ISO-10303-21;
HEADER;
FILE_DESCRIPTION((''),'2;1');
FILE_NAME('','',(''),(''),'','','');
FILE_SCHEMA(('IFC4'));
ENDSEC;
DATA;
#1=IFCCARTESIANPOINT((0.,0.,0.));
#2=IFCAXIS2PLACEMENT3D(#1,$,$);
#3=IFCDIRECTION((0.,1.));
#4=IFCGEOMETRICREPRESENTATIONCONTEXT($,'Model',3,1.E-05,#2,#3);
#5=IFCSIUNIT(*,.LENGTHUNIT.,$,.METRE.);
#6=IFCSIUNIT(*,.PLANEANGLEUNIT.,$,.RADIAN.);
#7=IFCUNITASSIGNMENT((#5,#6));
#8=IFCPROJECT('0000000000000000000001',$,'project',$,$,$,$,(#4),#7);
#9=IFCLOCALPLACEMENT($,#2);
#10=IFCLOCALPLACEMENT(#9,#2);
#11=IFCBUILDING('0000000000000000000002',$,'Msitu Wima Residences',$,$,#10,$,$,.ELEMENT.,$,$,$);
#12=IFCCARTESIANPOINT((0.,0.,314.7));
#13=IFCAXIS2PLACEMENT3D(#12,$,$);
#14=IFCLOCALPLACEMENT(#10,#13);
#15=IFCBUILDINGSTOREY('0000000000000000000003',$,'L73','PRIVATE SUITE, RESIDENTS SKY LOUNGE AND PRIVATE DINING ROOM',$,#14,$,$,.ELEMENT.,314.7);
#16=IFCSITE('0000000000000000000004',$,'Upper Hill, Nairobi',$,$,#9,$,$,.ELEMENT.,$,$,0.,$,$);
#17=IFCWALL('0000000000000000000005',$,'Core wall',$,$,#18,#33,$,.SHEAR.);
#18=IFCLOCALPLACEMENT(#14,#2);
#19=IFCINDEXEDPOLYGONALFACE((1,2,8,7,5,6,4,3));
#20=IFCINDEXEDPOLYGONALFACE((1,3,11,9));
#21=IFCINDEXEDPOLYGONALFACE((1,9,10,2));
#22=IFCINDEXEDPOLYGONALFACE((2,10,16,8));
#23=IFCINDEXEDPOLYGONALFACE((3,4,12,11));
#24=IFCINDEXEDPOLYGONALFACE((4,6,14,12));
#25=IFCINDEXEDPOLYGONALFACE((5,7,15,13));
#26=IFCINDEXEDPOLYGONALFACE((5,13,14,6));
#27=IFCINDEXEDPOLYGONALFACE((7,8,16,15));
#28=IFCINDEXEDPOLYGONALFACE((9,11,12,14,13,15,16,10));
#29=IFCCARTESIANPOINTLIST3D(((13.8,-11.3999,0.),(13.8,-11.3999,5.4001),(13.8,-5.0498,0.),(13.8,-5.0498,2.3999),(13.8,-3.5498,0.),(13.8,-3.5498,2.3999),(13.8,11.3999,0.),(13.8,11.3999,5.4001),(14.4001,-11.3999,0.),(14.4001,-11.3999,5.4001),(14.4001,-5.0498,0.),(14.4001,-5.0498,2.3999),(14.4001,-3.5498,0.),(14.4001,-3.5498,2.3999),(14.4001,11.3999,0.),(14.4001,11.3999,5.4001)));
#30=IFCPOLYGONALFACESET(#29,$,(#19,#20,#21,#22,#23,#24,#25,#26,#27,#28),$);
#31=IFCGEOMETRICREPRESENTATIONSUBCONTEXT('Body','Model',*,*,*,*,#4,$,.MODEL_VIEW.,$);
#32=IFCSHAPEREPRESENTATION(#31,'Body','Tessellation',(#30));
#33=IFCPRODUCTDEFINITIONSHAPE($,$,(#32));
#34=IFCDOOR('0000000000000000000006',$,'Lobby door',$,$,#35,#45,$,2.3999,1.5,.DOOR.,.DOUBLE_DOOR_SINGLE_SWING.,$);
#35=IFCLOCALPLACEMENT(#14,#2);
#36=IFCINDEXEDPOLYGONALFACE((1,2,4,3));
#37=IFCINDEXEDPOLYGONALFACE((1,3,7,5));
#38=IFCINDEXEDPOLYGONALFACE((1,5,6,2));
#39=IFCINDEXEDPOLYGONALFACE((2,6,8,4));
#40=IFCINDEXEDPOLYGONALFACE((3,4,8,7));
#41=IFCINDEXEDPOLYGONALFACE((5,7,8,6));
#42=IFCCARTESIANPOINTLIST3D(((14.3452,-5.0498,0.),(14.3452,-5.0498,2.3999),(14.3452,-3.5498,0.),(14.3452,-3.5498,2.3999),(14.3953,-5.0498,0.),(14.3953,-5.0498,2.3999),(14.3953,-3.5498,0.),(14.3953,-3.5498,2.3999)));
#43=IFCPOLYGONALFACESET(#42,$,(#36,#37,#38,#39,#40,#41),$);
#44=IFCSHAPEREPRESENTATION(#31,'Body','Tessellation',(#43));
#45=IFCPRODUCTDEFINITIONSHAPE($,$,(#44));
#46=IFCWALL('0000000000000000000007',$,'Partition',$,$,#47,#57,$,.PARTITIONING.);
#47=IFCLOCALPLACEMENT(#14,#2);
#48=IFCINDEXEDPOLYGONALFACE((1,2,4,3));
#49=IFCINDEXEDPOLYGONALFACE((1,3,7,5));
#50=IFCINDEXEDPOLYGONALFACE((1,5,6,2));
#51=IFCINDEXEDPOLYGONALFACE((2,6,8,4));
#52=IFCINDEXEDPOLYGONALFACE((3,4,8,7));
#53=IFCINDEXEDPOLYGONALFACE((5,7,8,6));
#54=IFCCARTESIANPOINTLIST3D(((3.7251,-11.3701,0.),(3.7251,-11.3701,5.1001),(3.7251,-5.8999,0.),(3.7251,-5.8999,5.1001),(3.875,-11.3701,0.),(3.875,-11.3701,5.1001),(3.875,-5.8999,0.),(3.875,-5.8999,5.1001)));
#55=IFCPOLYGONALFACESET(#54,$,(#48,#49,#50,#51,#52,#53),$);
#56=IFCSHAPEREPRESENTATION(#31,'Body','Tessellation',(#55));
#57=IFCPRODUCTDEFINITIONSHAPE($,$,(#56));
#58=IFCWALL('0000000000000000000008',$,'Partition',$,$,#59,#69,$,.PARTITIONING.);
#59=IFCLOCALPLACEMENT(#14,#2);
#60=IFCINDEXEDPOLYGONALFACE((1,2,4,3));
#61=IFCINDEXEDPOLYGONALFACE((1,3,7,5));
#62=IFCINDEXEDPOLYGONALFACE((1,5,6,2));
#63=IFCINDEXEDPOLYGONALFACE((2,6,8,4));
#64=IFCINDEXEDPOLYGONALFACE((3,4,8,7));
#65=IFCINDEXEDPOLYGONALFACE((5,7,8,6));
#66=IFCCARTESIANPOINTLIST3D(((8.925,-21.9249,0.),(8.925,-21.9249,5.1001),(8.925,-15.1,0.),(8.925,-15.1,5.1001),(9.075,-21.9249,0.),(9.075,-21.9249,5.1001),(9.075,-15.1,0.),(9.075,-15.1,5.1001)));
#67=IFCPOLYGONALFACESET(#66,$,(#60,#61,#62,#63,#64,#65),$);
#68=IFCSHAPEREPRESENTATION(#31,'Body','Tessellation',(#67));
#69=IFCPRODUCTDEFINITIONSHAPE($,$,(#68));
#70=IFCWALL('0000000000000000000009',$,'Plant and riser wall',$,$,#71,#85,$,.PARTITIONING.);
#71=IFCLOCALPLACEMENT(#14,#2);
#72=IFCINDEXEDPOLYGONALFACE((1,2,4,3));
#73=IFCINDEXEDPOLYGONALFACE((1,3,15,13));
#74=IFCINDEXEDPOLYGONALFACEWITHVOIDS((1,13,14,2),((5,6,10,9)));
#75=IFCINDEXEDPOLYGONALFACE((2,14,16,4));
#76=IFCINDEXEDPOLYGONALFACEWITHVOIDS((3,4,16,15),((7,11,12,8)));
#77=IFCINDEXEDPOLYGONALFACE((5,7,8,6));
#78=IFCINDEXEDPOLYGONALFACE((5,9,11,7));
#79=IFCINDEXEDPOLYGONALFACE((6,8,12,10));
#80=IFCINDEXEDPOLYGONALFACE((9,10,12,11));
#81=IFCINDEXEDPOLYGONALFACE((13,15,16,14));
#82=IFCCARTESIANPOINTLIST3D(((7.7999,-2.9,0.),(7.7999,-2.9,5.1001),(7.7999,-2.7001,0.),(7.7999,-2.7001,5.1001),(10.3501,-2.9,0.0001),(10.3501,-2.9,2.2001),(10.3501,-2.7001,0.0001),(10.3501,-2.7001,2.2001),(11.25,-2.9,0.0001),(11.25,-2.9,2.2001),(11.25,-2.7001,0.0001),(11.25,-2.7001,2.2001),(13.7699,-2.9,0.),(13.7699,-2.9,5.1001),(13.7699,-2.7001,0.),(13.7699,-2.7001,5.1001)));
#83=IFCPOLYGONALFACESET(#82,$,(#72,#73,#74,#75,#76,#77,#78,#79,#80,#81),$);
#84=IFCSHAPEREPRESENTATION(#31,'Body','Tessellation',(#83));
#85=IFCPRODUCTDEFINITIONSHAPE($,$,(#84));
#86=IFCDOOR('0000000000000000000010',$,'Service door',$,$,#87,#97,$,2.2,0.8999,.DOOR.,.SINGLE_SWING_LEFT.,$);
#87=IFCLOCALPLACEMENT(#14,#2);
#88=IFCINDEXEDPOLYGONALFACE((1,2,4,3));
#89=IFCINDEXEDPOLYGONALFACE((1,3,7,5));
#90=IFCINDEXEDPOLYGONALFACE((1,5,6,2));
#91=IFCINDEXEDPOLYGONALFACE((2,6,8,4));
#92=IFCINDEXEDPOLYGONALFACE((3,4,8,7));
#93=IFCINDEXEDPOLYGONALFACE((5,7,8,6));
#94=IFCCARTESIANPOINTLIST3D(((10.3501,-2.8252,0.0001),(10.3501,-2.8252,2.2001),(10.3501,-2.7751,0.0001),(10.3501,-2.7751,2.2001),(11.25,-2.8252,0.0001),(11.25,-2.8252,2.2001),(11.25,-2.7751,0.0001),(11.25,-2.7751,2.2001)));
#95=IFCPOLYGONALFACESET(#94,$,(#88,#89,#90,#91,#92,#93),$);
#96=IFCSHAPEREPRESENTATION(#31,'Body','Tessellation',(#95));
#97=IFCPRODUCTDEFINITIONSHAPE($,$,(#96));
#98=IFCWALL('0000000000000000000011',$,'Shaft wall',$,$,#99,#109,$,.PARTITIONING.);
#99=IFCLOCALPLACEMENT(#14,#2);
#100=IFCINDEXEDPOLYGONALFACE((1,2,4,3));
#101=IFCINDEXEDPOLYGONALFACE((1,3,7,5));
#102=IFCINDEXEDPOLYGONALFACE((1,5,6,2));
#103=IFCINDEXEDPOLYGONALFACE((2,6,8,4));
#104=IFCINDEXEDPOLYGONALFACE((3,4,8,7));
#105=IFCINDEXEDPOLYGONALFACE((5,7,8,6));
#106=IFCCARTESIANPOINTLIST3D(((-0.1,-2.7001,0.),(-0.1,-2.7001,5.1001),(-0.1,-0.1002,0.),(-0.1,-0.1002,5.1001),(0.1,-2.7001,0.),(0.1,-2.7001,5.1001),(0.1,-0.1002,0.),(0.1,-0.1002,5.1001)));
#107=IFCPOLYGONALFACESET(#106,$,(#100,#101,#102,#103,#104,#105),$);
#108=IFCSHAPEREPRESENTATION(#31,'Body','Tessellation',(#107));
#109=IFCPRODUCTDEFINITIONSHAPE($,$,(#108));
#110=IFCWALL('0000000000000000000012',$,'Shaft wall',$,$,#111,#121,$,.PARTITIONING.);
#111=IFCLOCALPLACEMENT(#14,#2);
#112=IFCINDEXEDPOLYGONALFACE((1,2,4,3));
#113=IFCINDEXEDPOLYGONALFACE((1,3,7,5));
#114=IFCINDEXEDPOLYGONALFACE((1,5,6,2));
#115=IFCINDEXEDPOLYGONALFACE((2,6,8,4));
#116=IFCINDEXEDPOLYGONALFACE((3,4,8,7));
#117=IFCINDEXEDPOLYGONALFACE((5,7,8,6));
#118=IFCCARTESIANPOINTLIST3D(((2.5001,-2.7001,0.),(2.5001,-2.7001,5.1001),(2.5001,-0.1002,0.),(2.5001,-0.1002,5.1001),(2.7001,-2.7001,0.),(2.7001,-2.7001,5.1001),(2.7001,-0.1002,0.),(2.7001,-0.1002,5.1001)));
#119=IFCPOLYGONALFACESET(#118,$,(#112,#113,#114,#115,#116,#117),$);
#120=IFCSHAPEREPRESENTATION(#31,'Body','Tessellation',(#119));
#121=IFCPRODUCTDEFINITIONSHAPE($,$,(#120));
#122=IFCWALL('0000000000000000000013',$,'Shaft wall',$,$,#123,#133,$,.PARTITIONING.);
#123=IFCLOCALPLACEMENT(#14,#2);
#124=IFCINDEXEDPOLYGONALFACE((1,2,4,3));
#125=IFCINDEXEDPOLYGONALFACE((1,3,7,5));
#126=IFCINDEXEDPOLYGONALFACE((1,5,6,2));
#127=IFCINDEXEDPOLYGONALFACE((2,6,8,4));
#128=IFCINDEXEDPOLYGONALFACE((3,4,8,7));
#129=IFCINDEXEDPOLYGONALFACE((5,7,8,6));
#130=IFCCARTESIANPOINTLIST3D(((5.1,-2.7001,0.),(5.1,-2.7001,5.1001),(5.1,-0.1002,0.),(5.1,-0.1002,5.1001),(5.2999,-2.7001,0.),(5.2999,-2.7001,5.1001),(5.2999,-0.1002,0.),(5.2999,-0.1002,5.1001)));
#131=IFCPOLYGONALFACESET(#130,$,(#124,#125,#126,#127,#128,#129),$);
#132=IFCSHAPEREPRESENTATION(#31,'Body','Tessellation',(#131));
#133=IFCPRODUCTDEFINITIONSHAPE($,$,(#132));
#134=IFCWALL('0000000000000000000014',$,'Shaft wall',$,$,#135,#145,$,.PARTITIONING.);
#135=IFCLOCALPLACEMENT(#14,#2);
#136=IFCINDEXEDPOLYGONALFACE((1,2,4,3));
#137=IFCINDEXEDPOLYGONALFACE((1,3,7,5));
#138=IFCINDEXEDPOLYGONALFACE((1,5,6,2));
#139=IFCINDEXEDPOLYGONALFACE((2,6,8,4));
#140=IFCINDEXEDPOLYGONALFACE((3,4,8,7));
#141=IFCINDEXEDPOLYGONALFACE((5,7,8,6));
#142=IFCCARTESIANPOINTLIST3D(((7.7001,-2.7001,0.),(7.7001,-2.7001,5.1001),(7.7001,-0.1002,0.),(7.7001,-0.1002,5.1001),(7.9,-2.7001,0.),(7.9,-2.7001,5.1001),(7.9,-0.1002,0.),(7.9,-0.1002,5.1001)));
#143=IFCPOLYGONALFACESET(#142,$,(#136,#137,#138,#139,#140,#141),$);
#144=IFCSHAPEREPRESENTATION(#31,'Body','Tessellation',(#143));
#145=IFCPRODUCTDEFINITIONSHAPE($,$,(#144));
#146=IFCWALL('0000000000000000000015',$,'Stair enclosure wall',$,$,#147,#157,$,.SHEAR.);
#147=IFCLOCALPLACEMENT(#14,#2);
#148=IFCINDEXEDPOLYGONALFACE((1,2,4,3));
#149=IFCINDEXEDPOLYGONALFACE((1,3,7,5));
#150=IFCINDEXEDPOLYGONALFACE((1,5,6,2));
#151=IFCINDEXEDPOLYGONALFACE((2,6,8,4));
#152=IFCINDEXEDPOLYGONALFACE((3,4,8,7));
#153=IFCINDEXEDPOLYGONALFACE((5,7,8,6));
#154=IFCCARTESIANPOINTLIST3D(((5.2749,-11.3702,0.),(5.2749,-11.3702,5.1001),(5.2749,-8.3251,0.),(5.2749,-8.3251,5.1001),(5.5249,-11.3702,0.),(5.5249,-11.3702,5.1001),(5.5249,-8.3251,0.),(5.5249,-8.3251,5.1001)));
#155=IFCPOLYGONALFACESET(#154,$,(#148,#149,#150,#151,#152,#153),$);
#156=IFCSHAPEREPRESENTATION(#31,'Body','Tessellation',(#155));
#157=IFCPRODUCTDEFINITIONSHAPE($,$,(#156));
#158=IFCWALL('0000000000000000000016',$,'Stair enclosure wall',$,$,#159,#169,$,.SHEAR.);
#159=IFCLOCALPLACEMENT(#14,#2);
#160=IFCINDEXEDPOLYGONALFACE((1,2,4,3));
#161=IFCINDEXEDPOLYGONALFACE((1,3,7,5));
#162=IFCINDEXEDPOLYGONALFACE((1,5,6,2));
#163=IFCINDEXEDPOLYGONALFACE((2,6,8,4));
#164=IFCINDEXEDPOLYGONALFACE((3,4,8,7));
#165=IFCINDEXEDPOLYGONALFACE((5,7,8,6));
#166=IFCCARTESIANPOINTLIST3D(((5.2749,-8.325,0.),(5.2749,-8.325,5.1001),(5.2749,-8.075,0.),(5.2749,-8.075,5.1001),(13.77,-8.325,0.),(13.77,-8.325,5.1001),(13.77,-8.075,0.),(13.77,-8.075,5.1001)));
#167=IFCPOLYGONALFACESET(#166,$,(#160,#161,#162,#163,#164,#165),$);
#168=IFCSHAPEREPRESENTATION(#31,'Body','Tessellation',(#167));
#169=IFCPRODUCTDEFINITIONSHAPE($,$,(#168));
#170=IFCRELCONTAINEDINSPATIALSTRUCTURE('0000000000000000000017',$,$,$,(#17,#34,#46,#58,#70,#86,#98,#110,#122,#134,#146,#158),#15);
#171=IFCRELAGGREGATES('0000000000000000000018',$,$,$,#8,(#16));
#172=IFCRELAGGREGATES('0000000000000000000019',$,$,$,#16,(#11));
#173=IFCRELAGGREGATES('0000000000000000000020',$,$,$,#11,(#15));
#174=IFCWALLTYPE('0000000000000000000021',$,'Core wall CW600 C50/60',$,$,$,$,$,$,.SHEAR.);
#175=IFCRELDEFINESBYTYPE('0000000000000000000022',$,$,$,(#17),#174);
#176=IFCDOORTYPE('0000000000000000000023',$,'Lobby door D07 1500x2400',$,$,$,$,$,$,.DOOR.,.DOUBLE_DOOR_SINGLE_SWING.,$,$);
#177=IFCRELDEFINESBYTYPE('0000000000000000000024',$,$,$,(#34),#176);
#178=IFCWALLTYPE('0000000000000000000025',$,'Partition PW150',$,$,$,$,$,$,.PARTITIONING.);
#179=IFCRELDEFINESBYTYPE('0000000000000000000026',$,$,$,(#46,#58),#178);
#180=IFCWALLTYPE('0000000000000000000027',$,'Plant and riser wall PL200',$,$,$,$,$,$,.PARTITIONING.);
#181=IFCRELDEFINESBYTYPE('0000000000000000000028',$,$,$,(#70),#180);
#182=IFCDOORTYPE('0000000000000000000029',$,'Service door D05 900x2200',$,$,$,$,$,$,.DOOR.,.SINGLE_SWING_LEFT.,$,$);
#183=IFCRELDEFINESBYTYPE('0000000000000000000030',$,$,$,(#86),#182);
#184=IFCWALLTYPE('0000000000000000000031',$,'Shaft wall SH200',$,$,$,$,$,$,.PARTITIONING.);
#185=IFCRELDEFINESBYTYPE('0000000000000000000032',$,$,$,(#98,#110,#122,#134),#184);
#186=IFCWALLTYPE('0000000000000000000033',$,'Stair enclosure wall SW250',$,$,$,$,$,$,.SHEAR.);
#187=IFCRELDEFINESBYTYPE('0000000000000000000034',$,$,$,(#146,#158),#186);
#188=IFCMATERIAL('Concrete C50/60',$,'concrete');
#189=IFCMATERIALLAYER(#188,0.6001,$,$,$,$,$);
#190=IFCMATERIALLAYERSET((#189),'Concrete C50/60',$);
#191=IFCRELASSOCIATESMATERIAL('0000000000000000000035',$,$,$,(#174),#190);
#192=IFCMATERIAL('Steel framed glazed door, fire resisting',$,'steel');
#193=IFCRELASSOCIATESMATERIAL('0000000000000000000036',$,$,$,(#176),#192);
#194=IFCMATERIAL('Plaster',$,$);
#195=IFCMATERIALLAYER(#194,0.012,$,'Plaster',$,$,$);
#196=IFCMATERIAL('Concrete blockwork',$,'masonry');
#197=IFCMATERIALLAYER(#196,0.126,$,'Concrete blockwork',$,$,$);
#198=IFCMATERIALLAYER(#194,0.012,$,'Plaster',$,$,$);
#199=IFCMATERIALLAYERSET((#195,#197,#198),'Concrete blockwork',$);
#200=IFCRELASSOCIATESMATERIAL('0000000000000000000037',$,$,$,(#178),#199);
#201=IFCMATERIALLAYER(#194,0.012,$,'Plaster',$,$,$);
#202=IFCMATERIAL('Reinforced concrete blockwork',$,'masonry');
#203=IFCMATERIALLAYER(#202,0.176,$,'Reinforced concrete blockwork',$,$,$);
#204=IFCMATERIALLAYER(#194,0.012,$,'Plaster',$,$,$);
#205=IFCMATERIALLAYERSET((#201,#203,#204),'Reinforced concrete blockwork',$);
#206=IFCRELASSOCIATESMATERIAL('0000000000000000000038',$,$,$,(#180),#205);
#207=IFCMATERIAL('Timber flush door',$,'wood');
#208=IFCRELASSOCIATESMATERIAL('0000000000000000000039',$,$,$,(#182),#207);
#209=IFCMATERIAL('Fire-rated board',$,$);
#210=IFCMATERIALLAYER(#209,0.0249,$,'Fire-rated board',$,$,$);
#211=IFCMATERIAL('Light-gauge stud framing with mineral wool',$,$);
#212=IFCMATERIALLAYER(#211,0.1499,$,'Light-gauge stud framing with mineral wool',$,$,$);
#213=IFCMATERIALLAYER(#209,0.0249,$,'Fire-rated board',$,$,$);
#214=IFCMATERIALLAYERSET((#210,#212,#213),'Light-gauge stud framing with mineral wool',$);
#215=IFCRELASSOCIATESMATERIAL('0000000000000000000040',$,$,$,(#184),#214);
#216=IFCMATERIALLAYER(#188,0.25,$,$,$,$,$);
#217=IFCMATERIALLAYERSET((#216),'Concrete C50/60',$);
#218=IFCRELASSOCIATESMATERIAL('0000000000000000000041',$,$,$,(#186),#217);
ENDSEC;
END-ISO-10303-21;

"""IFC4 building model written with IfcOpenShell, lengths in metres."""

from ifc_helpers import new_model, si_unit, direction, frame, frame_2d, origin, place, context, subcontext, project, spatial, rectangle, extrude, material, layer, layer_set, type_object, element, fill, save


model = new_model("IFC4")

# Units and contexts
model_context = context("Model", 3, precision=1e-05, world=origin(), true_north=direction((0.0, 1.0)))
body_context = subcontext(model_context, "Body", "Model", "MODEL_VIEW")
ifc_project = project(units=[si_unit("LENGTHUNIT", "METRE"), si_unit("PLANEANGLEUNIT", "RADIAN")], contexts=[model_context])

# Site, building, storey
site_placement = place(None, origin())
site = spatial("IfcSite", under=ifc_project, at=site_placement, Name="Upper Hill, Nairobi", CompositionType="ELEMENT", RefElevation=0.0)
building_placement = place(site_placement, origin())
building = spatial("IfcBuilding", under=site, at=building_placement, Name="Msitu Wima Residences", CompositionType="ELEMENT")
storey_placement = place(building_placement, frame((0.0, 0.0, 314.7)))
storey = spatial("IfcBuildingStorey", under=building, at=storey_placement, Name="L73", Description="PRIVATE SUITE, RESIDENTS SKY LOUNGE AND PRIVATE DINING ROOM", CompositionType="ELEMENT", Elevation=314.7)

# Shared definitions
ifc_material_1 = material(Name="Concrete C50/60", Category="concrete")

# Wall, opening, door
ifc_layer_1 = layer(ifc_material_1, 0.6001)
ifc_layer_set_1 = layer_set([ifc_layer_1], Name="Concrete C50/60")
wall_type_1 = type_object("IfcWallType", Name="Core wall CW600 C50/60", PredefinedType="SHEAR", material=ifc_layer_set_1)
wall_1_placement = place(storey_placement, frame((14.1001, -11.3999, 0.0), z_axis=(0.0, 0.0, 1.0), x_axis=(0.0, 1.0, 0.0)))
wall_1 = element("IfcWall", 1, at=wall_1_placement, inside=storey, type_object=wall_type_1, Name="Core wall", PredefinedType="SHEAR", context=body_context, shape_type="SweptSolid", body=[
    extrude(rectangle(XDim=22.7998, YDim=0.6001, at=frame_2d((11.3999, 0.0))), origin(), (0.0, 0.0, 1.0), 5.4001),
])
opening_1_placement = place(wall_1_placement, frame((6.3501, 0.0, 0.0)))
opening_1 = element("IfcOpeningElement", 2, at=opening_1_placement, cuts=wall_1, PredefinedType="OPENING", context=body_context, shape_type="SweptSolid", body=[
    extrude(rectangle(XDim=1.5, YDim=2.3999, at=frame_2d((0.75, 1.2))), frame((0.0, 0.3101, 0.0), z_axis=(0.0, -1.0, 0.0), x_axis=(1.0, 0.0, 0.0)), (0.0, 0.0, 1.0), 0.6201),
])
ifc_material_2 = material(Name="Steel framed glazed door, fire resisting", Category="steel")
door_type_1 = type_object("IfcDoorType", Name="Lobby door D07 1500x2400", OperationType="DOUBLE_DOOR_SINGLE_SWING", PredefinedType="DOOR", material=ifc_material_2)
door_1_placement = place(opening_1_placement, origin())
door_1 = element("IfcDoor", 3, at=door_1_placement, inside=storey, type_object=door_type_1, Name="Lobby door", OperationType="DOUBLE_DOOR_SINGLE_SWING", OverallHeight=2.3999, OverallWidth=1.5, PredefinedType="DOOR", context=body_context, shape_type="SweptSolid", body=[
    extrude(rectangle(XDim=1.5, YDim=2.3999, at=frame_2d((0.75, 1.2))), frame((0.0, -0.2451, 0.0), z_axis=(0.0, -1.0, 0.0), x_axis=(1.0, 0.0, 0.0)), (0.0, 0.0, 1.0), 0.05),
])
fill(opening_1, door_1)

# Walls
ifc_material_3 = material(Name="Plaster")
ifc_layer_2 = layer(ifc_material_3, 0.012, Name="Plaster")
ifc_material_4 = material(Name="Concrete blockwork", Category="masonry")
ifc_layer_3 = layer(ifc_material_4, 0.126, Name="Concrete blockwork")
ifc_layer_4 = layer(ifc_material_3, 0.012, Name="Plaster")
ifc_layer_set_2 = layer_set([ifc_layer_2, ifc_layer_3, ifc_layer_4], Name="Concrete blockwork")
wall_type_2 = type_object("IfcWallType", Name="Partition PW150", PredefinedType="PARTITIONING", material=ifc_layer_set_2)
wall_2_placement = place(storey_placement, frame((3.8, -11.3701, 0.0), z_axis=(0.0, 0.0, 1.0), x_axis=(0.0, 1.0, 0.0)))
element("IfcWall", 4, at=wall_2_placement, inside=storey, type_object=wall_type_2, Name="Partition", PredefinedType="PARTITIONING", context=body_context, shape_type="SweptSolid", body=[
    extrude(rectangle(XDim=5.4702, YDim=0.1499, at=frame_2d((2.7351, 0.0))), origin(), (0.0, 0.0, 1.0), 5.1001),
])
wall_3_placement = place(storey_placement, frame((9.0, -21.925, 0.0), z_axis=(0.0, 0.0, 1.0), x_axis=(0.0, 1.0, 0.0)))
element("IfcWall", 5, at=wall_3_placement, inside=storey, type_object=wall_type_2, Name="Partition", PredefinedType="PARTITIONING", context=body_context, shape_type="SweptSolid", body=[
    extrude(rectangle(XDim=6.825, YDim=0.1499, at=frame_2d((3.4126, 0.0))), origin(), (0.0, 0.0, 1.0), 5.1001),
])

# Wall, opening, door
ifc_layer_5 = layer(ifc_material_3, 0.012, Name="Plaster")
ifc_material_5 = material(Name="Reinforced concrete blockwork", Category="masonry")
ifc_layer_6 = layer(ifc_material_5, 0.176, Name="Reinforced concrete blockwork")
ifc_layer_7 = layer(ifc_material_3, 0.012, Name="Plaster")
ifc_layer_set_3 = layer_set([ifc_layer_5, ifc_layer_6, ifc_layer_7], Name="Reinforced concrete blockwork")
wall_type_3 = type_object("IfcWallType", Name="Plant and riser wall PL200", PredefinedType="PARTITIONING", material=ifc_layer_set_3)
wall_4_placement = place(storey_placement, frame((7.8, -2.8, 0.0), z_axis=(0.0, 0.0, 1.0), x_axis=(1.0, 0.0, 0.0)))
wall_4 = element("IfcWall", 6, at=wall_4_placement, inside=storey, type_object=wall_type_3, Name="Plant and riser wall", PredefinedType="PARTITIONING", context=body_context, shape_type="SweptSolid", body=[
    extrude(rectangle(XDim=5.97, YDim=0.2, at=frame_2d((2.9849, 0.0))), origin(), (0.0, 0.0, 1.0), 5.1001),
])
opening_2_placement = place(wall_4_placement, frame((2.55, 0.0, 0.0)))
opening_2 = element("IfcOpeningElement", 7, at=opening_2_placement, cuts=wall_4, PredefinedType="OPENING", context=body_context, shape_type="SweptSolid", body=[
    extrude(rectangle(XDim=0.8999, YDim=2.2, at=frame_2d((0.45, 1.1001))), frame((0.0, 0.1099, 0.0), z_axis=(0.0, -1.0, 0.0), x_axis=(1.0, 0.0, 0.0)), (0.0, 0.0, 1.0), 0.22),
])
ifc_material_6 = material(Name="Timber flush door", Category="wood")
door_type_2 = type_object("IfcDoorType", Name="Service door D05 900x2200", OperationType="SINGLE_SWING_LEFT", PredefinedType="DOOR", material=ifc_material_6)
door_2_placement = place(opening_2_placement, origin())
door_2 = element("IfcDoor", 8, at=door_2_placement, inside=storey, type_object=door_type_2, Name="Service door", OperationType="SINGLE_SWING_LEFT", OverallHeight=2.2, OverallWidth=0.8999, PredefinedType="DOOR", context=body_context, shape_type="SweptSolid", body=[
    extrude(rectangle(XDim=0.8999, YDim=2.2, at=frame_2d((0.45, 1.1001))), frame((0.0, 0.0249, 0.0), z_axis=(0.0, -1.0, 0.0), x_axis=(1.0, 0.0, 0.0)), (0.0, 0.0, 1.0), 0.05),
])
fill(opening_2, door_2)

# Walls
ifc_material_7 = material(Name="Fire-rated board")
ifc_layer_8 = layer(ifc_material_7, 0.0249, Name="Fire-rated board")
ifc_material_8 = material(Name="Light-gauge stud framing with mineral wool")
ifc_layer_9 = layer(ifc_material_8, 0.1499, Name="Light-gauge stud framing with mineral wool")
ifc_layer_10 = layer(ifc_material_7, 0.0249, Name="Fire-rated board")
ifc_layer_set_4 = layer_set([ifc_layer_8, ifc_layer_9, ifc_layer_10], Name="Light-gauge stud framing with mineral wool")
wall_type_4 = type_object("IfcWallType", Name="Shaft wall SH200", PredefinedType="PARTITIONING", material=ifc_layer_set_4)
for number, where, z_axis, x_axis, name in (
    (9, (0.0, -2.7, 0.0), (0.0, 0.0, 1.0), (0.0, 1.0, 0.0), "Shaft wall"),
    (10, (2.6001, -2.7, 0.0), (0.0, 0.0, 1.0), (0.0, 1.0, 0.0), "Shaft wall"),
    (11, (5.2, -2.7, 0.0), (0.0, 0.0, 1.0), (0.0, 1.0, 0.0), "Shaft wall"),
    (12, (7.8, -2.7, 0.0), (0.0, 0.0, 1.0), (0.0, 1.0, 0.0), "Shaft wall"),
):
    element("IfcWall", number, at=place(storey_placement, frame(where, z_axis=z_axis, x_axis=x_axis)), inside=storey, type_object=wall_type_4, Name=name, PredefinedType="PARTITIONING", context=body_context, shape_type="SweptSolid", body=[
        extrude(rectangle(XDim=2.5999, YDim=0.2, at=frame_2d((1.2998, 0.0))), origin(), (0.0, 0.0, 1.0), 5.1001),
    ])
ifc_layer_11 = layer(ifc_material_1, 0.25)
ifc_layer_set_5 = layer_set([ifc_layer_11], Name="Concrete C50/60")
wall_type_5 = type_object("IfcWallType", Name="Stair enclosure wall SW250", PredefinedType="SHEAR", material=ifc_layer_set_5)
wall_5_placement = place(storey_placement, frame((5.3999, -11.3701, 0.0), z_axis=(0.0, 0.0, 1.0), x_axis=(0.0, 1.0, 0.0)))
element("IfcWall", 13, at=wall_5_placement, inside=storey, type_object=wall_type_5, Name="Stair enclosure wall", PredefinedType="SHEAR", context=body_context, shape_type="SweptSolid", body=[
    extrude(rectangle(XDim=3.0452, YDim=0.25, at=frame_2d((1.5225, 0.0))), origin(), (0.0, 0.0, 1.0), 5.1001),
])
wall_6_placement = place(storey_placement, frame((5.2749, -8.2, 0.0), z_axis=(0.0, 0.0, 1.0), x_axis=(1.0, 0.0, 0.0)))
element("IfcWall", 14, at=wall_6_placement, inside=storey, type_object=wall_type_5, Name="Stair enclosure wall", PredefinedType="SHEAR", context=body_context, shape_type="SweptSolid", body=[
    extrude(rectangle(XDim=8.4951, YDim=0.25, at=frame_2d((4.2476, 0.0))), origin(), (0.0, 0.0, 1.0), 5.1001),
])

save(model, "model.ifc")
